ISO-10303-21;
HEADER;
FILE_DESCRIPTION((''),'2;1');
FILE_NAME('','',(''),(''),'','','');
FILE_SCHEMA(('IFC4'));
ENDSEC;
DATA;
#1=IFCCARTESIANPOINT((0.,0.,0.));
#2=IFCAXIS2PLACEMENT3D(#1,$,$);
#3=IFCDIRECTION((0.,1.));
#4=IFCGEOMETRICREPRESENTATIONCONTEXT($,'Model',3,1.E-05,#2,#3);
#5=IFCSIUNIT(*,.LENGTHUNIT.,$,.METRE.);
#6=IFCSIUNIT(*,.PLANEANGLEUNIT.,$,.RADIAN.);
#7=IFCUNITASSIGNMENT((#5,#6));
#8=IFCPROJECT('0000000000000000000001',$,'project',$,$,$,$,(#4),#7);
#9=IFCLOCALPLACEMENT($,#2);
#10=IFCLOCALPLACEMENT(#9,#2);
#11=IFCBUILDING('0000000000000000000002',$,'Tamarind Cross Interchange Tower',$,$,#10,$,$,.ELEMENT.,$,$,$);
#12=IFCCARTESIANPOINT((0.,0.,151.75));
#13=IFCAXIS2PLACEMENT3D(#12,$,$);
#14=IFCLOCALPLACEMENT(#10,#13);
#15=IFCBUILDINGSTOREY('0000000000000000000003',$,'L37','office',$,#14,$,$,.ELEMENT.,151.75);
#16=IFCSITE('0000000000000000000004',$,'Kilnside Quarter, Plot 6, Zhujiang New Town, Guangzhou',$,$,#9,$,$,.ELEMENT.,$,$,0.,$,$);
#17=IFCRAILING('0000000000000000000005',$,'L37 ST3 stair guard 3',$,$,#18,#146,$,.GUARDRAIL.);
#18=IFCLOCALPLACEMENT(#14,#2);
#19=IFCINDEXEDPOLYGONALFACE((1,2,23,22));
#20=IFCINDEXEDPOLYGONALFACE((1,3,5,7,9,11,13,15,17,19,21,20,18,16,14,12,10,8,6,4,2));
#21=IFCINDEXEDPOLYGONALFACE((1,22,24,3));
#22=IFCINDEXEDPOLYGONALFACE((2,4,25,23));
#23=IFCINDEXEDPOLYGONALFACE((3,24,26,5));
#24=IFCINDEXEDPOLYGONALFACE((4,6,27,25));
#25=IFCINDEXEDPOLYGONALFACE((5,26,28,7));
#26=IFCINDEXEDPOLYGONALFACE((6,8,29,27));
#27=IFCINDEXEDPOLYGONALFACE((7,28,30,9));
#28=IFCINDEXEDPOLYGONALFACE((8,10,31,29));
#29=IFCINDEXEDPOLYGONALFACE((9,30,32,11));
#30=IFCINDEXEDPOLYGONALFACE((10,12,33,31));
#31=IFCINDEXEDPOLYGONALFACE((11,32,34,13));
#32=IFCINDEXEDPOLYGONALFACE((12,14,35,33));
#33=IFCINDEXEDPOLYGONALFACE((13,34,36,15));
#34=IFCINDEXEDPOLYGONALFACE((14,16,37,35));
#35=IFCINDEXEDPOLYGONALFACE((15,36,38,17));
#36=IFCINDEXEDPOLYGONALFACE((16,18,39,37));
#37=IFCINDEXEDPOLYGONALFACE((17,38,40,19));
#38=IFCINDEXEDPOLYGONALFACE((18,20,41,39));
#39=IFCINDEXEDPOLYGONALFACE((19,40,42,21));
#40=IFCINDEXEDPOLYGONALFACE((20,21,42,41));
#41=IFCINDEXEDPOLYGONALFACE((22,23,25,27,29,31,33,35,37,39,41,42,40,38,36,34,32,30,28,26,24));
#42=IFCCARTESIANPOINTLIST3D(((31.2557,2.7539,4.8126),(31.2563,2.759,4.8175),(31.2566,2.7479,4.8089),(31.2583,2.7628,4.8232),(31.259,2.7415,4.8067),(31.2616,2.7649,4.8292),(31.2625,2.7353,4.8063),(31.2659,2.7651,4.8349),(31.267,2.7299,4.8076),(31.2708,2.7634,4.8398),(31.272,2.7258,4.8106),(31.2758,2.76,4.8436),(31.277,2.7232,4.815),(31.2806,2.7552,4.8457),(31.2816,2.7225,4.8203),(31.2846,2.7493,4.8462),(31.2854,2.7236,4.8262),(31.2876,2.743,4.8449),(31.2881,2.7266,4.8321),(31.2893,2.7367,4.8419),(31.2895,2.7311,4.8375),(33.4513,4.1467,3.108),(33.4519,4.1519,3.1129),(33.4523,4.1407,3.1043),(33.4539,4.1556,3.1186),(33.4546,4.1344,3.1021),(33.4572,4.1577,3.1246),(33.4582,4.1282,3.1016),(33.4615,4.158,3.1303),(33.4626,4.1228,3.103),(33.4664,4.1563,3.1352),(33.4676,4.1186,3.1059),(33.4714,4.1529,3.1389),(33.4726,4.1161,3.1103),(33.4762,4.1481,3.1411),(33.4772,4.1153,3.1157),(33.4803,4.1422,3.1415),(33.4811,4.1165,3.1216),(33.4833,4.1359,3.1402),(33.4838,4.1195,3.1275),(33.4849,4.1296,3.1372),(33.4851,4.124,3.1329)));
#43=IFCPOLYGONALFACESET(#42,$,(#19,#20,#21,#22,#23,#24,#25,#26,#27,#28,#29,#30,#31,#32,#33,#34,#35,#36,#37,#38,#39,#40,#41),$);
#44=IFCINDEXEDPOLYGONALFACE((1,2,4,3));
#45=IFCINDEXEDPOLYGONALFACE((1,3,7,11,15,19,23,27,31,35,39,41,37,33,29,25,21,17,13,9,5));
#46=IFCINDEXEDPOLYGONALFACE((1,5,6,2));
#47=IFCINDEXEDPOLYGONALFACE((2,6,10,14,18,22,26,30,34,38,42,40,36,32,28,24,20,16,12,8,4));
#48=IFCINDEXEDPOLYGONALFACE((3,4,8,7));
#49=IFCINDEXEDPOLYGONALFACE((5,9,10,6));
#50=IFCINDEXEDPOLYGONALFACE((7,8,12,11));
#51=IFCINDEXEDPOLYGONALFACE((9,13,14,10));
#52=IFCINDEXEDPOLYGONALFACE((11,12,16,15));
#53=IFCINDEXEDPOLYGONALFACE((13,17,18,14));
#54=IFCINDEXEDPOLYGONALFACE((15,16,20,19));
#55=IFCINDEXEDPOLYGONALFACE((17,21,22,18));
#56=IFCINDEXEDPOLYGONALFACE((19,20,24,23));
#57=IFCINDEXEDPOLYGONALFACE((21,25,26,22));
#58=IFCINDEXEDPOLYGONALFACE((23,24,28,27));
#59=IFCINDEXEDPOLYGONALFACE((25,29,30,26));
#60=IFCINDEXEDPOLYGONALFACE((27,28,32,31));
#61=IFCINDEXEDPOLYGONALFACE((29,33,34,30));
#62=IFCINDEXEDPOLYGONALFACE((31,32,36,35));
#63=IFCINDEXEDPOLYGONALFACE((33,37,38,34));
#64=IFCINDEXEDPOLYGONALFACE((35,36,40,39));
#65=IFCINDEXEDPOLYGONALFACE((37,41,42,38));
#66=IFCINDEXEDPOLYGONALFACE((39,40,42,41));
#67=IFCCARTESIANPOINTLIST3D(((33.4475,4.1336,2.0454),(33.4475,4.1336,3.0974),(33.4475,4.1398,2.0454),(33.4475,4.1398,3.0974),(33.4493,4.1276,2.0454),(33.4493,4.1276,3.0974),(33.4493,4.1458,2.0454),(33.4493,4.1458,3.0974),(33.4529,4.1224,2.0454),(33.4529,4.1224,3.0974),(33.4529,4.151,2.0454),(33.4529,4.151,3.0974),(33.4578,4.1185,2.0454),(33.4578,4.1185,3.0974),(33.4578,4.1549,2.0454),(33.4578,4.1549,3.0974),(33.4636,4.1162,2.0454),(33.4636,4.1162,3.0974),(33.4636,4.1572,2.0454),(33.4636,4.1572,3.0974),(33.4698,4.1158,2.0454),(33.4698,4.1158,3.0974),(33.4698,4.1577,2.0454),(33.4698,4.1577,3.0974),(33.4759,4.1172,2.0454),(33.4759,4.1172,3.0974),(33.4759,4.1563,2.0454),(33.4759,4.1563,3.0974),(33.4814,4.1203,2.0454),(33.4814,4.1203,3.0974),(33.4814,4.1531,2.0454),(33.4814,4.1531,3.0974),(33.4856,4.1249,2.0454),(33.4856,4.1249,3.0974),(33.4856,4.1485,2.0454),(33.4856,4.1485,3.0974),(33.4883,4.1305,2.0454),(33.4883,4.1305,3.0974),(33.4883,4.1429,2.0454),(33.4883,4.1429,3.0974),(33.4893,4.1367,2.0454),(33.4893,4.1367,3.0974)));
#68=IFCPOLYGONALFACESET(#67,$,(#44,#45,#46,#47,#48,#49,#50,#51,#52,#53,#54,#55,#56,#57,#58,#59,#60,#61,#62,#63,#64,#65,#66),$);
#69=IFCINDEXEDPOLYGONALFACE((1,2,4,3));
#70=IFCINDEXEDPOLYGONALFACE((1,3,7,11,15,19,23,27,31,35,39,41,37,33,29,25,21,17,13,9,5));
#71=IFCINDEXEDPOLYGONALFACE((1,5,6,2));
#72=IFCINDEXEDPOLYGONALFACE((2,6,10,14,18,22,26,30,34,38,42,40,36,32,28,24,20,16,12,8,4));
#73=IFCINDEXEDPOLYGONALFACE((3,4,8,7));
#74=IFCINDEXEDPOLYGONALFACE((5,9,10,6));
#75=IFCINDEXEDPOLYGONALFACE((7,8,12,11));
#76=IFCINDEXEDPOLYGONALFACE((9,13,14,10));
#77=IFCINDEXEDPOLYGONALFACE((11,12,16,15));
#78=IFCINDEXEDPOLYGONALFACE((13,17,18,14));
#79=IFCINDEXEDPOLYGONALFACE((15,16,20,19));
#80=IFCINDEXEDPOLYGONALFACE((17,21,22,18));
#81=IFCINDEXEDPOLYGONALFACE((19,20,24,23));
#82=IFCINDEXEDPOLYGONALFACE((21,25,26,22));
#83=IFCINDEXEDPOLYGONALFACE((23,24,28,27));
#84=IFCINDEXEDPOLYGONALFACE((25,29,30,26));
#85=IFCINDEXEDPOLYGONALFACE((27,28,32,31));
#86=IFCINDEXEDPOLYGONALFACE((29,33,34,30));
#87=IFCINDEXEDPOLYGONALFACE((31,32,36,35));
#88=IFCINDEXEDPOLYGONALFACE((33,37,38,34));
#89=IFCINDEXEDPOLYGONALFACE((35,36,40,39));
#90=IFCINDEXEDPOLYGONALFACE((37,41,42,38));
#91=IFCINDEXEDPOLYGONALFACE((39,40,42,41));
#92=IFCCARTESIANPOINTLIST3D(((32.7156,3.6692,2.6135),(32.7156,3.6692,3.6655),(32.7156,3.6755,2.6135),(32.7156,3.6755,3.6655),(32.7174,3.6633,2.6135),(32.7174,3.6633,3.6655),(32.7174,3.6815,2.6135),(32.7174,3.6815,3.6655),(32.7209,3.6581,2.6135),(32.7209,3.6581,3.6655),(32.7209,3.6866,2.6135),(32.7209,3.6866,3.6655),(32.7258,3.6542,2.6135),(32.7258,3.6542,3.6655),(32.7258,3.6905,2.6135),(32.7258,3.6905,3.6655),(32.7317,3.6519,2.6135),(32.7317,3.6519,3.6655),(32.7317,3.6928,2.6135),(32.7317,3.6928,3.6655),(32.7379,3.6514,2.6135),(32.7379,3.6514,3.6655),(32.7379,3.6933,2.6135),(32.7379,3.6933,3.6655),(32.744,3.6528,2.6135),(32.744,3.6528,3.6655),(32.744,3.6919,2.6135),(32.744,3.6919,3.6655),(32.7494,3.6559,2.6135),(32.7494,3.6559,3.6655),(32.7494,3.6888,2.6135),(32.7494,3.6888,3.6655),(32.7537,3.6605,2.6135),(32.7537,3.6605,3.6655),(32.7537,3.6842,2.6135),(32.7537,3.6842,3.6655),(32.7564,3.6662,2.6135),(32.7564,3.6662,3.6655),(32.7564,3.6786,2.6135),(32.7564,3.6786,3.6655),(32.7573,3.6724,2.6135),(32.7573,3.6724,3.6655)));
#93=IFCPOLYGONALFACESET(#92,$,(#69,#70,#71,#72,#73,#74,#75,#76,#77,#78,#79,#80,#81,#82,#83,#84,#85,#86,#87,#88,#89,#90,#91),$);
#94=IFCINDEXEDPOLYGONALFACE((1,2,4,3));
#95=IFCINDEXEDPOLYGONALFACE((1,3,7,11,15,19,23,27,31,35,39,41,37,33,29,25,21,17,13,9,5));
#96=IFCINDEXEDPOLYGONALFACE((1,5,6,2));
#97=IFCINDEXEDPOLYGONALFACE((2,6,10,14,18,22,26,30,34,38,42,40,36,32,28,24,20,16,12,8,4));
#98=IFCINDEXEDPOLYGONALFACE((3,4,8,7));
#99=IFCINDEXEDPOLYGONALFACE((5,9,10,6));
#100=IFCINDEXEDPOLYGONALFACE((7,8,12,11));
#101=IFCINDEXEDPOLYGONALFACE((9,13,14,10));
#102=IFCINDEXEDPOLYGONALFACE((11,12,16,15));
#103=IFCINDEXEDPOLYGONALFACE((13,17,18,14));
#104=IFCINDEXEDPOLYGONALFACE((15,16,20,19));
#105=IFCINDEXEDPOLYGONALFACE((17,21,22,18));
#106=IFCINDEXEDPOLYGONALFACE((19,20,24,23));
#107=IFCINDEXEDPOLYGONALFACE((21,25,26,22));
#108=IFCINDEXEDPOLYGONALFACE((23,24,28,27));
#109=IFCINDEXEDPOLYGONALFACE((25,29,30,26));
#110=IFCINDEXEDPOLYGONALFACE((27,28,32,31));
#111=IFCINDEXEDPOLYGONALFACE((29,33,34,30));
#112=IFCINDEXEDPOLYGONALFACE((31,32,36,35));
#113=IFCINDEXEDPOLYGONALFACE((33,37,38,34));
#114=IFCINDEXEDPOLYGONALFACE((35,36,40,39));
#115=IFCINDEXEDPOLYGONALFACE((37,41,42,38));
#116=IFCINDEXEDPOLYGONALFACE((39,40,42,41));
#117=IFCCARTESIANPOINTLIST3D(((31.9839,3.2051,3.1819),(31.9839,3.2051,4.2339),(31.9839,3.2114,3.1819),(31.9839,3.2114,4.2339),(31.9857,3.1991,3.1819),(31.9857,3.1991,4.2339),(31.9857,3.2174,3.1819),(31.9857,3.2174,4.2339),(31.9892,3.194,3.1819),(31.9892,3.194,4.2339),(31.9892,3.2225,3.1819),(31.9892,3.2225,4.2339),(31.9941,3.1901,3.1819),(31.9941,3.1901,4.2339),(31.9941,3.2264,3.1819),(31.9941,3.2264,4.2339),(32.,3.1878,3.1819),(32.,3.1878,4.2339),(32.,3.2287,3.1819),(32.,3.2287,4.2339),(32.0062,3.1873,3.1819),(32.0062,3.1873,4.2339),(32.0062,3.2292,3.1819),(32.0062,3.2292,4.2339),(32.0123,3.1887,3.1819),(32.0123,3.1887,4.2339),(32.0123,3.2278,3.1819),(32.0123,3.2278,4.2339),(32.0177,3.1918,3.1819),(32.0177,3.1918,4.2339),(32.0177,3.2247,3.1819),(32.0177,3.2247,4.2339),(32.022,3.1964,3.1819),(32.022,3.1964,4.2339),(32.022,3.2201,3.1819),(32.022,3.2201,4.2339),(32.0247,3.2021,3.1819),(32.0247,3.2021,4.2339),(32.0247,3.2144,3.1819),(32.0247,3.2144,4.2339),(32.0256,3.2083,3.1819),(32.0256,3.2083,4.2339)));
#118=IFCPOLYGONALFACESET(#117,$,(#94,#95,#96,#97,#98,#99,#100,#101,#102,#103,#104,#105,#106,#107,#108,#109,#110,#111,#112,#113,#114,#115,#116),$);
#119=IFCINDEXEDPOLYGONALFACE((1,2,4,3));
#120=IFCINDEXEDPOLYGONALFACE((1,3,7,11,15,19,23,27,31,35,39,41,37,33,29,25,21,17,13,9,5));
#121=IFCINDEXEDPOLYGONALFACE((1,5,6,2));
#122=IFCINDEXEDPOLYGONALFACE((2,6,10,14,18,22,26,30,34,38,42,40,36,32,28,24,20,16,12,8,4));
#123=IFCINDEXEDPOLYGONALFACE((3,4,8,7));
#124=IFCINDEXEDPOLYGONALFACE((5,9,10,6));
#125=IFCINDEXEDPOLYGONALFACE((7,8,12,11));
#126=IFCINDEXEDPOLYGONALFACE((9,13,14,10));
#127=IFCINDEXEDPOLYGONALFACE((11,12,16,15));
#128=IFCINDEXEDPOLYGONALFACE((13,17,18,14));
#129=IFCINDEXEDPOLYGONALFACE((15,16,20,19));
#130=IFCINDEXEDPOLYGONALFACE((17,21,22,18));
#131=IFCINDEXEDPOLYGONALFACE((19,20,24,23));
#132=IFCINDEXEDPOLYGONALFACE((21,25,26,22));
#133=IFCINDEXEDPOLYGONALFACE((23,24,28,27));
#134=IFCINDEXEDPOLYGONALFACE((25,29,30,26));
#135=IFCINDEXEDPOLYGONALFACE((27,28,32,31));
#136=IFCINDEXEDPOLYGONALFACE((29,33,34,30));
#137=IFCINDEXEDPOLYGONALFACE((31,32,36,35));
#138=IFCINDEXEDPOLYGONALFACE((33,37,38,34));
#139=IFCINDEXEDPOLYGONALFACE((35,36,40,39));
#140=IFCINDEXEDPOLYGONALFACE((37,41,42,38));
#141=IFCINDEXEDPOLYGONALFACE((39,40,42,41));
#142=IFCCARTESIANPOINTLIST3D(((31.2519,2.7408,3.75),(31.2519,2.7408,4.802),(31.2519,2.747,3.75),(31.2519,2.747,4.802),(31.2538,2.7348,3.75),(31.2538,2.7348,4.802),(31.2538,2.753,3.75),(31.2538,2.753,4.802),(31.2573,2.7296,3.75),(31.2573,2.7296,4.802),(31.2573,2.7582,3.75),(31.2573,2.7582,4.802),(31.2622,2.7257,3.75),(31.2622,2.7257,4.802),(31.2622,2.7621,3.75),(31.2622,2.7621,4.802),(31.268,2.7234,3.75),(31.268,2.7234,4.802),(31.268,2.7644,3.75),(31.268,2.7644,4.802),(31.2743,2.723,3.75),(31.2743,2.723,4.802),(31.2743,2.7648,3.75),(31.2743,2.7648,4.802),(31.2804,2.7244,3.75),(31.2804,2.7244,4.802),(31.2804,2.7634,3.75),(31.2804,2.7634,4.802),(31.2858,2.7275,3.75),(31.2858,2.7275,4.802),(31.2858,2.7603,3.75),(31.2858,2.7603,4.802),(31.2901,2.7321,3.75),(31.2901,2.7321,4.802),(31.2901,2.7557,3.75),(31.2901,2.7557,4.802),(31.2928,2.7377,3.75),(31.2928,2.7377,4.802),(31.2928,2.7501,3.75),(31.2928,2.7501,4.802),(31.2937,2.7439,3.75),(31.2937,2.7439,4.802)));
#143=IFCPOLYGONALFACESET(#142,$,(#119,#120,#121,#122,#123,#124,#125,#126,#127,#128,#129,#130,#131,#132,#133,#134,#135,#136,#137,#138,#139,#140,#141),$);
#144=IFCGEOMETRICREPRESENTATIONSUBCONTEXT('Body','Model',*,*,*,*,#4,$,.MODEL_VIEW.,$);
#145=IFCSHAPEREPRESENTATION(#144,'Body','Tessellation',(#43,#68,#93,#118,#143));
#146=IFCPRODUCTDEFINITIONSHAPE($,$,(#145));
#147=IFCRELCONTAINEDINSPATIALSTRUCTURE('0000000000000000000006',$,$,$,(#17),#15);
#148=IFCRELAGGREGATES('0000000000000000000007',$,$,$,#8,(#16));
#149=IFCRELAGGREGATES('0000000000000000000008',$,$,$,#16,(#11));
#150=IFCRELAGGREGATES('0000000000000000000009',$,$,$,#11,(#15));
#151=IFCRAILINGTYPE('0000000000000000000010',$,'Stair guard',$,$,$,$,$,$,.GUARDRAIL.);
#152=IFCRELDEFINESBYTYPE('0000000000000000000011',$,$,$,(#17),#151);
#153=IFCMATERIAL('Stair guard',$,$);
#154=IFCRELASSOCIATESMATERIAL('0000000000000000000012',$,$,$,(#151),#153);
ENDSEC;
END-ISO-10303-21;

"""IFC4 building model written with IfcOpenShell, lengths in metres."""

from ifc_helpers import new_model, si_unit, direction, frame, origin, origin_2d, place, context, subcontext, project, spatial, circle, extrude, material, type_object, element, save


model = new_model("IFC4")

# Units and contexts
model_context = context("Model", 3, precision=1e-05, world=origin(), true_north=direction((0.0, 1.0)))
body_context = subcontext(model_context, "Body", "Model", "MODEL_VIEW")
ifc_project = project(units=[si_unit("LENGTHUNIT", "METRE"), si_unit("PLANEANGLEUNIT", "RADIAN")], contexts=[model_context])

# Site, building, storey
site_placement = place(None, origin())
site = spatial("IfcSite", under=ifc_project, at=site_placement, Name="Kilnside Quarter, Plot 6, Zhujiang New Town, Guangzhou", CompositionType="ELEMENT", RefElevation=0.0)
building_placement = place(site_placement, origin())
building = spatial("IfcBuilding", under=site, at=building_placement, Name="Tamarind Cross Interchange Tower", CompositionType="ELEMENT")
storey_placement = place(building_placement, frame((0.0, 0.0, 151.75)))
storey = spatial("IfcBuildingStorey", under=building, at=storey_placement, Name="L37", Description="office", CompositionType="ELEMENT", Elevation=151.75)

# Railing
ifc_material_1 = material(Name="Stair guard")
railing_type_1 = type_object("IfcRailingType", Name="Stair guard", PredefinedType="GUARDRAIL", material=ifc_material_1)
railing_1_placement = place(storey_placement, frame((33.4683, 4.1367, 2.0454)))
element("IfcRailing", 1, at=railing_1_placement, inside=storey, type_object=railing_type_1, Name="L37 ST3 stair guard 3", PredefinedType="GUARDRAIL", context=body_context, shape_type="SweptSolid", body=[
    extrude(circle(Radius=0.0239, at=origin_2d()), frame((0.0, 0.0, 1.0762), z_axis=(-0.706188, -0.447993, 0.548271), x_axis=(0.535684, -0.844418, 0.0)), (0.0, 0.0, 1.0), 3.1091),
    extrude(circle(Radius=0.021, at=origin_2d()), origin(), (0.0, 0.0, 1.0), 1.052),
    extrude(circle(Radius=0.021, at=origin_2d()), frame((-0.7319, -0.4644, 0.5681)), (0.0, 0.0, 1.0), 1.052),
    extrude(circle(Radius=0.021, at=origin_2d()), frame((-1.4636, -0.9285, 1.1365)), (0.0, 0.0, 1.0), 1.052),
    extrude(circle(Radius=0.021, at=origin_2d()), frame((-2.1956, -1.3928, 1.7046)), (0.0, 0.0, 1.0), 1.052),
])

save(model, "model.ifc")
